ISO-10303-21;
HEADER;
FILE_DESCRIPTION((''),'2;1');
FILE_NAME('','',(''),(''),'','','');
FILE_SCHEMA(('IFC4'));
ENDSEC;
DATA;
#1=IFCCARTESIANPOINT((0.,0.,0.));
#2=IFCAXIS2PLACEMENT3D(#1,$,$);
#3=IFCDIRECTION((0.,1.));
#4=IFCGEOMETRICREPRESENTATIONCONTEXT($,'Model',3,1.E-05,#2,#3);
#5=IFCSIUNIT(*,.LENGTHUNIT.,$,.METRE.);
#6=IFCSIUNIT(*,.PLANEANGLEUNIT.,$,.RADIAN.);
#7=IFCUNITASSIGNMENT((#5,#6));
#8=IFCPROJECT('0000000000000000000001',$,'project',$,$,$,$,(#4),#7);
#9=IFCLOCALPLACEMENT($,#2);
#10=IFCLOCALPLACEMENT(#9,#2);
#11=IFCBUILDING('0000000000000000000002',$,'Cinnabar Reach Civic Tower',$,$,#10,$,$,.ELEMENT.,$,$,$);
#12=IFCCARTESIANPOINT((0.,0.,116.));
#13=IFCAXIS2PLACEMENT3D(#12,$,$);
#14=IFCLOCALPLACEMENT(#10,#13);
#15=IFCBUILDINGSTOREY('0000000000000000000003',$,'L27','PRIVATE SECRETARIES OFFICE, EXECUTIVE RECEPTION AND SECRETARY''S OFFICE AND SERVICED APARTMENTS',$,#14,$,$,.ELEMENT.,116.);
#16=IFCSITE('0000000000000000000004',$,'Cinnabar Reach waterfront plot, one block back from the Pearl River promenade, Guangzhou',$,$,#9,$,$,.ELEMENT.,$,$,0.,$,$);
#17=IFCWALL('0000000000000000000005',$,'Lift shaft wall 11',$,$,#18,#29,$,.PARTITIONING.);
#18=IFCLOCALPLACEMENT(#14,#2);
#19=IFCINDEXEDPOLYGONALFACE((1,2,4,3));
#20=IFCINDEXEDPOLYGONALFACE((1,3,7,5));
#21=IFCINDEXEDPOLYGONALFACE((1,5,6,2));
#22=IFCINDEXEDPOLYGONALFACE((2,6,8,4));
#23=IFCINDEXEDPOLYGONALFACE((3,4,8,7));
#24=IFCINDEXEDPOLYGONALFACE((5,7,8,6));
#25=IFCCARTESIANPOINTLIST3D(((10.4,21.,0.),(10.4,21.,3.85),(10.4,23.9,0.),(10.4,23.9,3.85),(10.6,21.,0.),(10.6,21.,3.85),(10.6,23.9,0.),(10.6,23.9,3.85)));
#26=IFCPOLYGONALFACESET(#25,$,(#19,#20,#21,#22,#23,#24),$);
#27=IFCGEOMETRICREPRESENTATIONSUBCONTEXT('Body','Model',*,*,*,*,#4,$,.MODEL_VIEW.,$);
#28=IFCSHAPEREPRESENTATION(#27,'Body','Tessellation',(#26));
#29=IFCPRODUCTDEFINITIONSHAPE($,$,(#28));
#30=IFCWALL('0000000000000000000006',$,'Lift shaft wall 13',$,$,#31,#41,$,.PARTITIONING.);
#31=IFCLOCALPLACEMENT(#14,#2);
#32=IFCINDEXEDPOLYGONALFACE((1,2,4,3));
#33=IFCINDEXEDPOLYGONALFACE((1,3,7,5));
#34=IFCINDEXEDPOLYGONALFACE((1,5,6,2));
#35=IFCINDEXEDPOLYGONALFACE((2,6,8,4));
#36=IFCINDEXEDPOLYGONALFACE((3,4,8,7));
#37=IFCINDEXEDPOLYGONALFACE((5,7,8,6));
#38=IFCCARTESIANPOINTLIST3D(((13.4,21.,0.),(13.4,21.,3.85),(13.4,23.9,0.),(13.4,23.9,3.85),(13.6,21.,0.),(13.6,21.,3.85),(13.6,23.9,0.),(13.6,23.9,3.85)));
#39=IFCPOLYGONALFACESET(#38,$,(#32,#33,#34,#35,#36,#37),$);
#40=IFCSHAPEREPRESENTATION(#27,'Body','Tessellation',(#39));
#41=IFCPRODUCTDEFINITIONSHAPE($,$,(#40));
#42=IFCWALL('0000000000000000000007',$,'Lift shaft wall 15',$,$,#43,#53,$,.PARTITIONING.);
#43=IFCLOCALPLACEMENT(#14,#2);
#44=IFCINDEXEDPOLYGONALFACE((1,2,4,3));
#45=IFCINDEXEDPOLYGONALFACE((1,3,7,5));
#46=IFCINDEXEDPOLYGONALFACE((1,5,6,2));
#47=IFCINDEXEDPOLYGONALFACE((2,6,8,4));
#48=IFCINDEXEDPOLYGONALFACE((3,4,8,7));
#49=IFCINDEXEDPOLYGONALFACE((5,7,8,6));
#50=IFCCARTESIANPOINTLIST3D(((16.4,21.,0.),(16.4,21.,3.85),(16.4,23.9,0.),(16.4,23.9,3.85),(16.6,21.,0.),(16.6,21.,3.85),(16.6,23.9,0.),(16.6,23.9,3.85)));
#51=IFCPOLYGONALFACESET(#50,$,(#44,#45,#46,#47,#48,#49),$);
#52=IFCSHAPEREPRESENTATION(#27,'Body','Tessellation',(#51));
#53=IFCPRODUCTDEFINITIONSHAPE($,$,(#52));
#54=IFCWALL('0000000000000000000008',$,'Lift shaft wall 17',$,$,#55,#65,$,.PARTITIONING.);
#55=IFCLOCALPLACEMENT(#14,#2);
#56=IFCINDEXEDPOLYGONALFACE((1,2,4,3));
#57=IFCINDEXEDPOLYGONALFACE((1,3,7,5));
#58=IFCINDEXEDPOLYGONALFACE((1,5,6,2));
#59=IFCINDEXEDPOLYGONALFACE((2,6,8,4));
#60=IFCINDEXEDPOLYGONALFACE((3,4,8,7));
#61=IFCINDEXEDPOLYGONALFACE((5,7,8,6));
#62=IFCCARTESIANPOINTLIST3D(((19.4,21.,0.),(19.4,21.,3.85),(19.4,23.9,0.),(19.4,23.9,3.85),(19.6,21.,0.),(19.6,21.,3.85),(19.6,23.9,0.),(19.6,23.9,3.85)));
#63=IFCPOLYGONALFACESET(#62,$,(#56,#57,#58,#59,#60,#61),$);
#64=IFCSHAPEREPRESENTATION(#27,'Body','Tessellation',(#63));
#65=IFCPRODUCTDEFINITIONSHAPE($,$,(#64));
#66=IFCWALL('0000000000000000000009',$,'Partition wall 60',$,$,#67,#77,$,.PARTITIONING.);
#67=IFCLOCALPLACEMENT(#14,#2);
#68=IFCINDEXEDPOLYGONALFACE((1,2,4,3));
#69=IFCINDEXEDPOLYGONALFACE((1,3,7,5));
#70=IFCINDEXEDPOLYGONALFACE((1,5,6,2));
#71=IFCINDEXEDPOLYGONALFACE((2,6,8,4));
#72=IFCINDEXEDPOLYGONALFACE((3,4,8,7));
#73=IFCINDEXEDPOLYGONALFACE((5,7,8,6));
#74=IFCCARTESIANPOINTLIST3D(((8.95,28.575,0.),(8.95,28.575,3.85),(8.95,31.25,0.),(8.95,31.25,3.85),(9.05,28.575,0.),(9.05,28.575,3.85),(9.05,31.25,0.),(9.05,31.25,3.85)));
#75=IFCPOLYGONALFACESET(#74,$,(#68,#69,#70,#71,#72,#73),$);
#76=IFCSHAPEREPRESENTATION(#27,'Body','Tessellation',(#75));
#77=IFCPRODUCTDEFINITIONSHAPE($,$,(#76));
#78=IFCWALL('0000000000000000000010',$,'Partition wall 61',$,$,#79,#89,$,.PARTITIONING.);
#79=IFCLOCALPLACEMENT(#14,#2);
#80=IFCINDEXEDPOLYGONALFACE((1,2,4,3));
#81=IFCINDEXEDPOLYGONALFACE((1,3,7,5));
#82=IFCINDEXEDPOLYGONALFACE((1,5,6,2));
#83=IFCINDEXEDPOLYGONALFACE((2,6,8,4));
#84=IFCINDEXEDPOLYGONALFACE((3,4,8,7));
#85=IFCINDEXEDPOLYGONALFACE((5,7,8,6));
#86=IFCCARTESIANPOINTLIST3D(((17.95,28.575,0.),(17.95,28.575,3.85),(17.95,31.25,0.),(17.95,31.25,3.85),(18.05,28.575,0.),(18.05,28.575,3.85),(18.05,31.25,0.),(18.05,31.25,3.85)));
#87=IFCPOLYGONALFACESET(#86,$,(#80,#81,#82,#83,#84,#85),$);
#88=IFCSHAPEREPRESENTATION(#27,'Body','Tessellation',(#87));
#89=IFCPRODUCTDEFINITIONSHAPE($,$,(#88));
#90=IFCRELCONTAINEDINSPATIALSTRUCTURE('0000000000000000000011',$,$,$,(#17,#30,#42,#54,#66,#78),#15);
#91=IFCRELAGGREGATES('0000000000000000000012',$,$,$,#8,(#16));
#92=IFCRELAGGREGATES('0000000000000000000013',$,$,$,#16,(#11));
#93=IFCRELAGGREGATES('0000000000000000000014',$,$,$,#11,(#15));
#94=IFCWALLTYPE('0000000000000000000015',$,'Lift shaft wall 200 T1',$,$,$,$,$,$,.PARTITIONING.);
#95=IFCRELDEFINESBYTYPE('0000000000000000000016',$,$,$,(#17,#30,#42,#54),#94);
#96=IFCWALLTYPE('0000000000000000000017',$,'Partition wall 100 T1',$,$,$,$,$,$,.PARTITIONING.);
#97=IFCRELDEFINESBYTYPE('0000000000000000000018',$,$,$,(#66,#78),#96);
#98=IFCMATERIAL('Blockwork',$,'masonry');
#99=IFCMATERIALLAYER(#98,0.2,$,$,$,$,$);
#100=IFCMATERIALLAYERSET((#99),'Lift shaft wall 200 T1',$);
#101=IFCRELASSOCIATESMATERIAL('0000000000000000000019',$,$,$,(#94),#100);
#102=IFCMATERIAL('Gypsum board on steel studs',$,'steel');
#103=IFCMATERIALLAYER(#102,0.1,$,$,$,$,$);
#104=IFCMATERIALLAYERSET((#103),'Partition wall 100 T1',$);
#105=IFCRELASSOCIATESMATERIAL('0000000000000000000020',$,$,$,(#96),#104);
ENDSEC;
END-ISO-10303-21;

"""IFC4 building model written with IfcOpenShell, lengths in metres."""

from ifc_helpers import new_model, si_unit, direction, frame, frame_2d, origin, place, context, subcontext, project, spatial, rectangle, extrude, material, layer, layer_set, type_object, element, save


model = new_model("IFC4")

# Units and contexts
model_context = context("Model", 3, precision=1e-05, world=origin(), true_north=direction((0.0, 1.0)))
body_context = subcontext(model_context, "Body", "Model", "MODEL_VIEW")
ifc_project = project(units=[si_unit("LENGTHUNIT", "METRE"), si_unit("PLANEANGLEUNIT", "RADIAN")], contexts=[model_context])

# Site, building, storey
site_placement = place(None, origin())
site = spatial("IfcSite", under=ifc_project, at=site_placement, Name="Cinnabar Reach waterfront plot, one block back from the Pearl River promenade, Guangzhou", CompositionType="ELEMENT", RefElevation=0.0)
building_placement = place(site_placement, origin())
building = spatial("IfcBuilding", under=site, at=building_placement, Name="Cinnabar Reach Civic Tower", CompositionType="ELEMENT")
storey_placement = place(building_placement, frame((0.0, 0.0, 116.0)))
storey = spatial("IfcBuildingStorey", under=building, at=storey_placement, Name="L27", Description="PRIVATE SECRETARIES OFFICE, EXECUTIVE RECEPTION AND SECRETARY'S OFFICE AND SERVICED APARTMENTS", CompositionType="ELEMENT", Elevation=116.0)

# Walls
ifc_material_1 = material(Name="Blockwork", Category="masonry")
ifc_layer_1 = layer(ifc_material_1, 0.2)
ifc_layer_set_1 = layer_set([ifc_layer_1], Name="Lift shaft wall 200 T1")
wall_type_1 = type_object("IfcWallType", Name="Lift shaft wall 200 T1", PredefinedType="PARTITIONING", material=ifc_layer_set_1)
for number, where, z_axis, x_axis, name in (
    (1, (10.5, 21.0, 0.0), (0.0, 0.0, 1.0), (0.0, 1.0, 0.0), "Lift shaft wall 11"),
    (2, (13.5, 21.0, 0.0), (0.0, 0.0, 1.0), (0.0, 1.0, 0.0), "Lift shaft wall 13"),
    (3, (16.5, 21.0, 0.0), (0.0, 0.0, 1.0), (0.0, 1.0, 0.0), "Lift shaft wall 15"),
    (4, (19.5, 21.0, 0.0), (0.0, 0.0, 1.0), (0.0, 1.0, 0.0), "Lift shaft wall 17"),
):
    element("IfcWall", number, at=place(storey_placement, frame(where, z_axis=z_axis, x_axis=x_axis)), inside=storey, type_object=wall_type_1, Name=name, PredefinedType="PARTITIONING", context=body_context, shape_type="SweptSolid", body=[
        extrude(rectangle(XDim=2.9, YDim=0.2, at=frame_2d((1.45, 0.0))), origin(), (0.0, 0.0, 1.0), 3.85),
    ])
ifc_material_2 = material(Name="Gypsum board on steel studs", Category="steel")
ifc_layer_2 = layer(ifc_material_2, 0.1)
ifc_layer_set_2 = layer_set([ifc_layer_2], Name="Partition wall 100 T1")
wall_type_2 = type_object("IfcWallType", Name="Partition wall 100 T1", PredefinedType="PARTITIONING", material=ifc_layer_set_2)
for number, where, z_axis, x_axis, name in (
    (5, (9.0, 28.575, 0.0), (0.0, 0.0, 1.0), (0.0, 1.0, 0.0), "Partition wall 60"),
    (6, (18.0, 28.575, 0.0), (0.0, 0.0, 1.0), (0.0, 1.0, 0.0), "Partition wall 61"),
):
    element("IfcWall", number, at=place(storey_placement, frame(where, z_axis=z_axis, x_axis=x_axis)), inside=storey, type_object=wall_type_2, Name=name, PredefinedType="PARTITIONING", context=body_context, shape_type="SweptSolid", body=[
        extrude(rectangle(XDim=2.675, YDim=0.1, at=frame_2d((1.3375, 0.0))), origin(), (0.0, 0.0, 1.0), 3.85),
    ])

save(model, "model.ifc")
